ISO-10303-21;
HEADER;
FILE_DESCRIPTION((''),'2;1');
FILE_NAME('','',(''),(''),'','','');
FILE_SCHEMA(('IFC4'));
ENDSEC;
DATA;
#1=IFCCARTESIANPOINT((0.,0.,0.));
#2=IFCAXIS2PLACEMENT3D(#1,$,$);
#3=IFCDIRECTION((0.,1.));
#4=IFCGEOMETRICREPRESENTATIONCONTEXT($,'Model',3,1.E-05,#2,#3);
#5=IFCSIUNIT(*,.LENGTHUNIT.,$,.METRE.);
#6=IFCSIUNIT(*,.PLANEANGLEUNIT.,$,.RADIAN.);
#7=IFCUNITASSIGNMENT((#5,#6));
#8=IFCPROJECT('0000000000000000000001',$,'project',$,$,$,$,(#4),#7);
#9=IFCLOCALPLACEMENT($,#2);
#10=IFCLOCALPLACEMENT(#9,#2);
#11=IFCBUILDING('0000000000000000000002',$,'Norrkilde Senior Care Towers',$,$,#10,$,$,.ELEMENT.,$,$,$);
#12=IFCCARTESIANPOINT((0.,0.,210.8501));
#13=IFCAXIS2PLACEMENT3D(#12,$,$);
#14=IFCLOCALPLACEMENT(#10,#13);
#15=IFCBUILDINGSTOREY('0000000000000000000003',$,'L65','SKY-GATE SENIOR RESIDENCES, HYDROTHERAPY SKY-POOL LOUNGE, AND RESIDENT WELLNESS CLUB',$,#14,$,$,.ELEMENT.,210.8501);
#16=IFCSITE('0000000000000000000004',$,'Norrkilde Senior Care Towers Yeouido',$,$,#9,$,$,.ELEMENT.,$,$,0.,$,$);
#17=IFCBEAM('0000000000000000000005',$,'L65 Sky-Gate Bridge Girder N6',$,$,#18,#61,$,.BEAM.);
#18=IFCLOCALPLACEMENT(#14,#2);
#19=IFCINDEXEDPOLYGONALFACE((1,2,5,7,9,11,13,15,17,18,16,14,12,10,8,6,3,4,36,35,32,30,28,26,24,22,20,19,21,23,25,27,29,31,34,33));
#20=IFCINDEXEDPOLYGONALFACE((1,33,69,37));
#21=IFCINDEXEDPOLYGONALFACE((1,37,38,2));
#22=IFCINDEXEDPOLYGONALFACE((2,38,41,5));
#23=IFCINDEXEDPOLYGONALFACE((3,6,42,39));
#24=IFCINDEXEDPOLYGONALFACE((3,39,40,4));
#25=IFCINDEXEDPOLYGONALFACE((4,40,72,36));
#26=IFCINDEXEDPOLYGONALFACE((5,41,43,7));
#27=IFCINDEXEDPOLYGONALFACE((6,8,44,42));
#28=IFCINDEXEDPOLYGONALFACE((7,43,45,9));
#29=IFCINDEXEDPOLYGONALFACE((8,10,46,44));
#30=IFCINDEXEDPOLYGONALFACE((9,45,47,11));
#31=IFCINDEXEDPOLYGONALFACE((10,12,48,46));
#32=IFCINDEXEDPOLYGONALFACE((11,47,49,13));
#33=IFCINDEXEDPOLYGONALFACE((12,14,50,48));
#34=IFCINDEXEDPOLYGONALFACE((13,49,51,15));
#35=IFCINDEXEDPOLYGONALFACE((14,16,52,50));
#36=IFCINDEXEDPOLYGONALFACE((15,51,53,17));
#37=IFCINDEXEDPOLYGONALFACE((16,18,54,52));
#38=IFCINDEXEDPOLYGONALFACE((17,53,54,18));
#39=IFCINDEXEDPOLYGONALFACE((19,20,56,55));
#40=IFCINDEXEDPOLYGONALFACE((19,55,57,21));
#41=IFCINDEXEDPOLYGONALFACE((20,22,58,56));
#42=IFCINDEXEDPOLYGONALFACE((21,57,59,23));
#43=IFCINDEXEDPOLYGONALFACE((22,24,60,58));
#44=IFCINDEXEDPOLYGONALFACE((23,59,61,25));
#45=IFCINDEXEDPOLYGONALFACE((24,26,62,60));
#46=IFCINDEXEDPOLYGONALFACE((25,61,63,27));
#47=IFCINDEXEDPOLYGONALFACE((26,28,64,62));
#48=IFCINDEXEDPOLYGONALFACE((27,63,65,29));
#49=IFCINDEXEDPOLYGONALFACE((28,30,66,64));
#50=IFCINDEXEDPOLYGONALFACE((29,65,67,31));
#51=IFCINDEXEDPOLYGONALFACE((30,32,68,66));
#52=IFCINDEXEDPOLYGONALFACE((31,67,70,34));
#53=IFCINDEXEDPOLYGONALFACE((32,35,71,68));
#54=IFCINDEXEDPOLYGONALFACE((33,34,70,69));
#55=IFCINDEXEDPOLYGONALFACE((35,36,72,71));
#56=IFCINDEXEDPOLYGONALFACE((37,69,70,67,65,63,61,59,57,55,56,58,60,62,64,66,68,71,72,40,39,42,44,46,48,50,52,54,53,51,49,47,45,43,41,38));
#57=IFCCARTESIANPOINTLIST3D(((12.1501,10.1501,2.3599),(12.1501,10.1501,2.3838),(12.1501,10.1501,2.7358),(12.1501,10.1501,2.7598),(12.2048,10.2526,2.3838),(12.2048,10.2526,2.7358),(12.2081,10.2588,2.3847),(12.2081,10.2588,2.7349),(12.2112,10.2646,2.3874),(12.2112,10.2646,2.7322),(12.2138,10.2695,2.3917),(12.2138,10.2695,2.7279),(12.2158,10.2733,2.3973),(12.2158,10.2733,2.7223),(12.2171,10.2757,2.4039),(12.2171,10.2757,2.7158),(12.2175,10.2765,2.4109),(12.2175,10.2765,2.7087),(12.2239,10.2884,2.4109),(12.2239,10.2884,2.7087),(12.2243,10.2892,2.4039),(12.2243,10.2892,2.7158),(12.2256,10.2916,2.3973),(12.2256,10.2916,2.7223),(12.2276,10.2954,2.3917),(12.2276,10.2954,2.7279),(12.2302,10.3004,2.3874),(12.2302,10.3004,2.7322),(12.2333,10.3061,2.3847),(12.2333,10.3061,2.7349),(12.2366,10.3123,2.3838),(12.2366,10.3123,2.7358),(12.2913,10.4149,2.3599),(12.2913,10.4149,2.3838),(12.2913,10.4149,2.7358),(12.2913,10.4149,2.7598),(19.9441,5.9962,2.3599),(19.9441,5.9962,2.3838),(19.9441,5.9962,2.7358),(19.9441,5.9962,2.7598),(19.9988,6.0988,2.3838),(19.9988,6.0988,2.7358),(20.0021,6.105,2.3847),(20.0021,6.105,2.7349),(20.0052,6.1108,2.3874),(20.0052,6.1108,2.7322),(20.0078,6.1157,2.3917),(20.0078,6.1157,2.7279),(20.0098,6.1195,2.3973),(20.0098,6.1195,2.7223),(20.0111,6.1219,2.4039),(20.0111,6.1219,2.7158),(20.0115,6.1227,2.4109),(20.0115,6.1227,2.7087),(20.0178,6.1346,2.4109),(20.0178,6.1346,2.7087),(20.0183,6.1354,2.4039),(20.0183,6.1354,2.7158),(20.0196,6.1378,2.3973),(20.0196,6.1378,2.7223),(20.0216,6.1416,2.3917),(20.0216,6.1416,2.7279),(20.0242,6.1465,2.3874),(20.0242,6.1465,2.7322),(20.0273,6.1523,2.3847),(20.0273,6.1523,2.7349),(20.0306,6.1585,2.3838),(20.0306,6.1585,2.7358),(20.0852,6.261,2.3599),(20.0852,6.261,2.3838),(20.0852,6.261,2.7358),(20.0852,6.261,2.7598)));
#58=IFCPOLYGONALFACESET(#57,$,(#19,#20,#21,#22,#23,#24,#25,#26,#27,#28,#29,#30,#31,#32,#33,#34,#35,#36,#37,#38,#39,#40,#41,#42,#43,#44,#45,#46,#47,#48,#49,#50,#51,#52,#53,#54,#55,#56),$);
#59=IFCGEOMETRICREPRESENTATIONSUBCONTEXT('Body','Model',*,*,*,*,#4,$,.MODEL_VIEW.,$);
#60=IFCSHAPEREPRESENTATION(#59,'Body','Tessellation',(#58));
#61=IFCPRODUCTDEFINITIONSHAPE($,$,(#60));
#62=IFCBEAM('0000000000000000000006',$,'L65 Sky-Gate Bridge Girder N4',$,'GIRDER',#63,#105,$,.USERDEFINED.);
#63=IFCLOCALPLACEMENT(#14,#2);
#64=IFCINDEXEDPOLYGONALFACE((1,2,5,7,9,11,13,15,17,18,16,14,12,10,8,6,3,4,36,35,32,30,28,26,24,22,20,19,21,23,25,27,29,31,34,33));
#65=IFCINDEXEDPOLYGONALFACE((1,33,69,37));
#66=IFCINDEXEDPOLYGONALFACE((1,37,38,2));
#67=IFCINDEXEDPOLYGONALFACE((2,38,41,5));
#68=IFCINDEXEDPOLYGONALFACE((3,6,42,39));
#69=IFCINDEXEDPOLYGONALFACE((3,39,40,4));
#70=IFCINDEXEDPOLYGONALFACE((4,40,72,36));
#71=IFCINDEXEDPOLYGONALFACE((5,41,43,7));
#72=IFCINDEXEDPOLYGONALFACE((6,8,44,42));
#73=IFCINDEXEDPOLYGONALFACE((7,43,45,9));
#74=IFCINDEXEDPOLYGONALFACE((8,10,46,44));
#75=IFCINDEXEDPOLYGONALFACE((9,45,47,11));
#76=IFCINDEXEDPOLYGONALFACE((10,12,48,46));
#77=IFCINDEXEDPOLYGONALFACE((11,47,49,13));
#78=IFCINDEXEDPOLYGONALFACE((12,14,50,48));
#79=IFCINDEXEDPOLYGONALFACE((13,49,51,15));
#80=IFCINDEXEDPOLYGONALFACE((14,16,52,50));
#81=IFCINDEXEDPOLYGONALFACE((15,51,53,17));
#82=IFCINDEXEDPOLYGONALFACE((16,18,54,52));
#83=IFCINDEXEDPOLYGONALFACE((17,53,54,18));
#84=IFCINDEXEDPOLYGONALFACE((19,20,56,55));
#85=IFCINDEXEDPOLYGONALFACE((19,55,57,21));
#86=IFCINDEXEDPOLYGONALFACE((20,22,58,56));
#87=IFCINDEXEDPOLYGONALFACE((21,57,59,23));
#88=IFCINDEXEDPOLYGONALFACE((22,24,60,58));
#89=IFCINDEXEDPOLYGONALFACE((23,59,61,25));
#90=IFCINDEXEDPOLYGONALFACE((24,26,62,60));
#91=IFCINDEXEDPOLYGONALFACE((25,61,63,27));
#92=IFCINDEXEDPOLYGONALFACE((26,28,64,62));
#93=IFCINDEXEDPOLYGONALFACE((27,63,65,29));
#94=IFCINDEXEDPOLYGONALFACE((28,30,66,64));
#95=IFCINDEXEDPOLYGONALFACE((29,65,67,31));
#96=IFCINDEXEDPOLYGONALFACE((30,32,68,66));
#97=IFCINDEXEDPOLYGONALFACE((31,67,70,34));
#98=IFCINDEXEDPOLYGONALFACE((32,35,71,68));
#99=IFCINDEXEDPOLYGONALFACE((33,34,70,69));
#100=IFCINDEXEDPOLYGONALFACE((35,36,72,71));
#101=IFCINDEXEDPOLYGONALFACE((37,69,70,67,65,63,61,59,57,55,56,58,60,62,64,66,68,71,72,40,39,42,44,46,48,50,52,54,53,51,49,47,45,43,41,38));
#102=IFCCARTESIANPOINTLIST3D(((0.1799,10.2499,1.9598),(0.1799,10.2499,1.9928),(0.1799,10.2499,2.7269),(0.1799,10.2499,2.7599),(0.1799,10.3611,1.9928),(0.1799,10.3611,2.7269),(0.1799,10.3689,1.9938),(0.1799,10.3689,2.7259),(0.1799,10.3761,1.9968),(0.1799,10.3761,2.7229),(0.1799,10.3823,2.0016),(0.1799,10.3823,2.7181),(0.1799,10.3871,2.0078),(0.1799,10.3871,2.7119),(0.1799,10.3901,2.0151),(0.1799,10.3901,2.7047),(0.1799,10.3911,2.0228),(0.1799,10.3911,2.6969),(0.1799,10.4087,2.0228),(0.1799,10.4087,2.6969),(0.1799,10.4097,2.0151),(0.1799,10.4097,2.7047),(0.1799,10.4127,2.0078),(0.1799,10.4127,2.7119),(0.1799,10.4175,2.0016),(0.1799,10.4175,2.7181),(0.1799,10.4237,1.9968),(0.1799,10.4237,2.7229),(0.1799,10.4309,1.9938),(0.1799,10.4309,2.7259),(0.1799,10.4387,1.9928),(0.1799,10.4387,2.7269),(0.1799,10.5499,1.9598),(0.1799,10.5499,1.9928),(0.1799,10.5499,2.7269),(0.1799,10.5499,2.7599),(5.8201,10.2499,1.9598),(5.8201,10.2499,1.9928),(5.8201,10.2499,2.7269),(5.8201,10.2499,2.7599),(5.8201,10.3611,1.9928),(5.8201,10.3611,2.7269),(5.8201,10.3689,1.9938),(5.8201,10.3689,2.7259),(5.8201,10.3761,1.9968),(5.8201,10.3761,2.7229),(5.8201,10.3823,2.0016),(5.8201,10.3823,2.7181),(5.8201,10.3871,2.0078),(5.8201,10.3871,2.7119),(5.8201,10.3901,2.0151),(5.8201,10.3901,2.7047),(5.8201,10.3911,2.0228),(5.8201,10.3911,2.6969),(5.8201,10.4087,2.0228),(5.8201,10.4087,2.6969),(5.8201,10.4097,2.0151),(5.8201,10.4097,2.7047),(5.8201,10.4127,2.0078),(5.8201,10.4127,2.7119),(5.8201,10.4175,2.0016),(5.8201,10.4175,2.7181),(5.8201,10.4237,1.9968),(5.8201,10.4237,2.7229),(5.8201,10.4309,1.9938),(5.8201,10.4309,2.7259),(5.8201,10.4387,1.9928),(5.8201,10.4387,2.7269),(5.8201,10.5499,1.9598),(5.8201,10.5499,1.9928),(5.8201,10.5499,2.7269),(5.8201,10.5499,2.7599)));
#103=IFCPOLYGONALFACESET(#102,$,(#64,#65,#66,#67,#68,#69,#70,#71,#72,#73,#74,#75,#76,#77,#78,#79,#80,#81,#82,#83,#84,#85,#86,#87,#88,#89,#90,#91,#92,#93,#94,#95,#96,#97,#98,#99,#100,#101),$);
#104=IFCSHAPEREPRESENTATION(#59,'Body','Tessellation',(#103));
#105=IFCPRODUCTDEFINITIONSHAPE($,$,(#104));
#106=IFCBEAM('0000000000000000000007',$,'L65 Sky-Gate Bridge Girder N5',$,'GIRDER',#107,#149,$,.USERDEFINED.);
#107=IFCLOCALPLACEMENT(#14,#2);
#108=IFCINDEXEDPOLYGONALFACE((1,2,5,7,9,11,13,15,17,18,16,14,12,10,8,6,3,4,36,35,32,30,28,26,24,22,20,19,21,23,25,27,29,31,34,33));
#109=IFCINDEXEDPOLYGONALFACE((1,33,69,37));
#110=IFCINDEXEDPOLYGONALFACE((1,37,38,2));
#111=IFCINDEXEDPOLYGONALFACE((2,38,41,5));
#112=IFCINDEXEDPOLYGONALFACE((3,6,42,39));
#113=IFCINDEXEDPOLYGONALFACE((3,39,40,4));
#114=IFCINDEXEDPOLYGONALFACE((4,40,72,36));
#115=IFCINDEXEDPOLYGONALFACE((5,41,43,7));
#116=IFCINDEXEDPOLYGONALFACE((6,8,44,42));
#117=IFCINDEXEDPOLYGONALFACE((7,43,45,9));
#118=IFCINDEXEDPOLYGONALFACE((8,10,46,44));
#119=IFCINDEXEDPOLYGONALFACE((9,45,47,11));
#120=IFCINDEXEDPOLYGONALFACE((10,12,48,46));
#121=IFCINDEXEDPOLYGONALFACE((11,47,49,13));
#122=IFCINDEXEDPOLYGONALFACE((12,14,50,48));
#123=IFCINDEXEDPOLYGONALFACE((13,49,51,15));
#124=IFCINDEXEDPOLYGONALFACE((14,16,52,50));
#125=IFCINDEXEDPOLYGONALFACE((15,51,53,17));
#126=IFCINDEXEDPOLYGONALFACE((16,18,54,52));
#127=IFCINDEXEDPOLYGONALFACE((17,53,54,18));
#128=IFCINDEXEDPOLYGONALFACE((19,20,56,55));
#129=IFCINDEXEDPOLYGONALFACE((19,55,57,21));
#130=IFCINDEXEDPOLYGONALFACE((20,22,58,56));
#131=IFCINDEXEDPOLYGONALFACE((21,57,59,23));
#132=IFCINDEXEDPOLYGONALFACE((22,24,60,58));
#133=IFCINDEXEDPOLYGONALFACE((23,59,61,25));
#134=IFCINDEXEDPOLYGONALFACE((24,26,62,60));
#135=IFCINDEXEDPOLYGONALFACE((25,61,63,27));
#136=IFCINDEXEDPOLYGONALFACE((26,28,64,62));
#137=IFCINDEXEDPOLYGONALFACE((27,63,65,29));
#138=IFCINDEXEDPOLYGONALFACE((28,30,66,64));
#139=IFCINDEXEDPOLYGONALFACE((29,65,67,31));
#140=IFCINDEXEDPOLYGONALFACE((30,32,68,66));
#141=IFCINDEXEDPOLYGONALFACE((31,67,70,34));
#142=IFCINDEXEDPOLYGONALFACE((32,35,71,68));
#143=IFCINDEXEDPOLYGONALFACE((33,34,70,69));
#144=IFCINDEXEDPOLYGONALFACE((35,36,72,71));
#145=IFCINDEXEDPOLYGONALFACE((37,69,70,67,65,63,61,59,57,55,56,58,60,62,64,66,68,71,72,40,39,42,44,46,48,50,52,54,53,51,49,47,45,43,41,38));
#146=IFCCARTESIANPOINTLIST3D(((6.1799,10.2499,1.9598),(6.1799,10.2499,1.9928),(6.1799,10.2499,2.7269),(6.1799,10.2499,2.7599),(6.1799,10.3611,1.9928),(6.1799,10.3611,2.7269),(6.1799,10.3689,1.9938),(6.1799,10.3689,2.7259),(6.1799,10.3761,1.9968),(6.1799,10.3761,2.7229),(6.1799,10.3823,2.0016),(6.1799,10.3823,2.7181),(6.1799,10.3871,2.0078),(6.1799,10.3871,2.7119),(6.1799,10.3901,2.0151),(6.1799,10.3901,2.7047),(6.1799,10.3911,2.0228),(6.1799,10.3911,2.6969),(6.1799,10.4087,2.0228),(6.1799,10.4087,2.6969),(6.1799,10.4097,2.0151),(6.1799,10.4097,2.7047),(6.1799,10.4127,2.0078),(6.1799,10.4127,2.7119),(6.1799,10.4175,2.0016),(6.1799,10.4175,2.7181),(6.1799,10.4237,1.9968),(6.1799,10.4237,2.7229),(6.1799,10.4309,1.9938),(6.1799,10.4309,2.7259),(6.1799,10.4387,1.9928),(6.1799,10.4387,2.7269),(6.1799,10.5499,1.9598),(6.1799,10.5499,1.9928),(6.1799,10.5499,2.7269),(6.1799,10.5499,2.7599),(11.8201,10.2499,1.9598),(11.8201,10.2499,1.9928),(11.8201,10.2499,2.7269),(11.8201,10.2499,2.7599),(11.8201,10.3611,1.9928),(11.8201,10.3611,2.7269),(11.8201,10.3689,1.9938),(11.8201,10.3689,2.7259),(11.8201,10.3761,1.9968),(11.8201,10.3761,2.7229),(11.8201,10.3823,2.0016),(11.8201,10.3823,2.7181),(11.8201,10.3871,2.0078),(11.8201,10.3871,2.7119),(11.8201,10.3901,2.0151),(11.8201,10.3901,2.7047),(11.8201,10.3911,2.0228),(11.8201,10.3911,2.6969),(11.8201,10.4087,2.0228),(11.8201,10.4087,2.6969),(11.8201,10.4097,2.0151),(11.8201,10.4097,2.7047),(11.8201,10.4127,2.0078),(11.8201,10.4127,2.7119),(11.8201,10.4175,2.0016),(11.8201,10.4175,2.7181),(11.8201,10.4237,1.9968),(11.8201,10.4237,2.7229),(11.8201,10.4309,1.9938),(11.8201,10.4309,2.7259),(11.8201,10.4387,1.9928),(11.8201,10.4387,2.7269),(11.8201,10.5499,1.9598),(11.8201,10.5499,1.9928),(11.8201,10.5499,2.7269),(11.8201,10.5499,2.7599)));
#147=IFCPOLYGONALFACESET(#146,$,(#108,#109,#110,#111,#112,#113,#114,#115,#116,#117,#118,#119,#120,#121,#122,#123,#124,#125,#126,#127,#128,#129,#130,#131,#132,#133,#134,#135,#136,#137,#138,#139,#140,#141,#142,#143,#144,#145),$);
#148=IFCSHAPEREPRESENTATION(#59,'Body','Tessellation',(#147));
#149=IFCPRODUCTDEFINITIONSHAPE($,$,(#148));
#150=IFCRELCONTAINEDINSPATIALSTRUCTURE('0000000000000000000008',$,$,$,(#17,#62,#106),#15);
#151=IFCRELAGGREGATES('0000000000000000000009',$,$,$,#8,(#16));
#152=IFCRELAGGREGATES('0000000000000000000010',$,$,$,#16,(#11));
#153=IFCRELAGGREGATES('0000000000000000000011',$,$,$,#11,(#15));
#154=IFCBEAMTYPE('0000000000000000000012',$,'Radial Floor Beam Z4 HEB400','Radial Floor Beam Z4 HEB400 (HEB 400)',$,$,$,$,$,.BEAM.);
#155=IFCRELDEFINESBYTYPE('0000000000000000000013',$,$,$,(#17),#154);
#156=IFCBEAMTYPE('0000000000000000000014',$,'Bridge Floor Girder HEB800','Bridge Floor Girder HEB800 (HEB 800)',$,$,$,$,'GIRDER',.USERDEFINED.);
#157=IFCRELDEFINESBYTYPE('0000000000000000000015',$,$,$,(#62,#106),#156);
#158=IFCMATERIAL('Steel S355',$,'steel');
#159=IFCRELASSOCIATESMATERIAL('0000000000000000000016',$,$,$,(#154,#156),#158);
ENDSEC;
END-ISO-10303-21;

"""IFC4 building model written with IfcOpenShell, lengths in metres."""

from ifc_helpers import new_model, si_unit, direction, frame, origin, origin_2d, place, context, subcontext, project, spatial, i_section, extrude, source, transform, mapped, material, material_profile, profile_set, type_object, type_shapes, element, save


model = new_model("IFC4")

# Units and contexts
model_context = context("Model", 3, precision=1e-05, world=origin(), true_north=direction((0.0, 1.0)))
body_context = subcontext(model_context, "Body", "Model", "MODEL_VIEW")
ifc_project = project(units=[si_unit("LENGTHUNIT", "METRE"), si_unit("PLANEANGLEUNIT", "RADIAN")], contexts=[model_context])

# Site, building, storey
site_placement = place(None, origin())
site = spatial("IfcSite", under=ifc_project, at=site_placement, Name="Norrkilde Senior Care Towers Yeouido", CompositionType="ELEMENT", RefElevation=0.0)
building_placement = place(site_placement, origin())
building = spatial("IfcBuilding", under=site, at=building_placement, Name="Norrkilde Senior Care Towers", CompositionType="ELEMENT")
storey_placement = place(building_placement, frame((0.0, 0.0, 210.8501)))
storey = spatial("IfcBuildingStorey", under=building, at=storey_placement, Name="L65", Description="SKY-GATE SENIOR RESIDENCES, HYDROTHERAPY SKY-POOL LOUNGE, AND RESIDENT WELLNESS CLUB", CompositionType="ELEMENT", Elevation=210.8501)

# Shared definitions
ifc_material_1 = material(Name="Steel S355", Category="steel")

# Beams
ifc_material_profile_1 = material_profile(ifc_material_1, i_section(OverallWidth=0.3, OverallDepth=0.3999, WebThickness=0.0134, FlangeThickness=0.0239, FilletRadius=0.0271, at=origin_2d()), Name="HEB 400")
ifc_profile_set_1 = profile_set([ifc_material_profile_1], Name="Steel S355")
beam_type_1 = type_object("IfcBeamType", Name="Radial Floor Beam Z4 HEB400", Description="Radial Floor Beam Z4 HEB400 (HEB 400)", PredefinedType="BEAM", material=ifc_profile_set_1)
shared_shape_1 = source(origin(), body_context, "Body", "SweptSolid", [
    extrude(i_section(OverallWidth=0.3, OverallDepth=0.3999, WebThickness=0.0134, FlangeThickness=0.0239, FilletRadius=0.0271, at=origin_2d()), origin(), (0.0, 0.0, 1.0), 8.8318),
])
type_shapes(beam_type_1, [shared_shape_1])
beam_1_placement = place(storey_placement, frame((12.2207, 10.2825, 2.5598), z_axis=(0.882492, -0.470327, 0.0), x_axis=(0.470327, 0.882492, 0.0)))
element("IfcBeam", 1, at=beam_1_placement, inside=storey, type_object=beam_type_1, Name="L65 Sky-Gate Bridge Girder N6", PredefinedType="BEAM", context=body_context, shape_type="MappedRepresentation", body=[
    mapped(shared_shape_1, transform((0.0, 0.0, 0.0), x_axis=(1.0, 0.0, 0.0), y_axis=(0.0, 1.0, 0.0), z_axis=(0.0, 0.0, 1.0), scale=1.0)),
])
ifc_material_profile_2 = material_profile(ifc_material_1, i_section(OverallWidth=0.3, OverallDepth=0.8, WebThickness=0.0176, FlangeThickness=0.033, FilletRadius=0.03, at=origin_2d()), Name="HEB 800")
ifc_profile_set_2 = profile_set([ifc_material_profile_2], Name="Steel S355")
beam_type_2 = type_object("IfcBeamType", Name="Bridge Floor Girder HEB800", Description="Bridge Floor Girder HEB800 (HEB 800)", ElementType="GIRDER", PredefinedType="USERDEFINED", material=ifc_profile_set_2)
shared_shape_2 = source(origin(), body_context, "Body", "SweptSolid", [
    extrude(i_section(OverallWidth=0.3, OverallDepth=0.8, WebThickness=0.0176, FlangeThickness=0.033, FilletRadius=0.03, at=origin_2d()), origin(), (0.0, 0.0, 1.0), 5.6401),
])
type_shapes(beam_type_2, [shared_shape_2])
for number, where, z_axis, x_axis, name in (
    (2, (0.1799, 10.3999, 2.3599), (1.0, 0.0, 0.0), (0.0, 1.0, 0.0), "L65 Sky-Gate Bridge Girder N4"),
    (3, (6.1799, 10.3999, 2.3599), (1.0, 0.0, 0.0), (0.0, 1.0, 0.0), "L65 Sky-Gate Bridge Girder N5"),
):
    element("IfcBeam", number, at=place(storey_placement, frame(where, z_axis=z_axis, x_axis=x_axis)), inside=storey, type_object=beam_type_2, Name=name, ObjectType="GIRDER", PredefinedType="USERDEFINED", context=body_context, shape_type="MappedRepresentation", body=[
        mapped(shared_shape_2, transform((0.0, 0.0, 0.0), x_axis=(1.0, 0.0, 0.0), y_axis=(0.0, 1.0, 0.0), z_axis=(0.0, 0.0, 1.0), scale=1.0)),
    ])

save(model, "model.ifc")
